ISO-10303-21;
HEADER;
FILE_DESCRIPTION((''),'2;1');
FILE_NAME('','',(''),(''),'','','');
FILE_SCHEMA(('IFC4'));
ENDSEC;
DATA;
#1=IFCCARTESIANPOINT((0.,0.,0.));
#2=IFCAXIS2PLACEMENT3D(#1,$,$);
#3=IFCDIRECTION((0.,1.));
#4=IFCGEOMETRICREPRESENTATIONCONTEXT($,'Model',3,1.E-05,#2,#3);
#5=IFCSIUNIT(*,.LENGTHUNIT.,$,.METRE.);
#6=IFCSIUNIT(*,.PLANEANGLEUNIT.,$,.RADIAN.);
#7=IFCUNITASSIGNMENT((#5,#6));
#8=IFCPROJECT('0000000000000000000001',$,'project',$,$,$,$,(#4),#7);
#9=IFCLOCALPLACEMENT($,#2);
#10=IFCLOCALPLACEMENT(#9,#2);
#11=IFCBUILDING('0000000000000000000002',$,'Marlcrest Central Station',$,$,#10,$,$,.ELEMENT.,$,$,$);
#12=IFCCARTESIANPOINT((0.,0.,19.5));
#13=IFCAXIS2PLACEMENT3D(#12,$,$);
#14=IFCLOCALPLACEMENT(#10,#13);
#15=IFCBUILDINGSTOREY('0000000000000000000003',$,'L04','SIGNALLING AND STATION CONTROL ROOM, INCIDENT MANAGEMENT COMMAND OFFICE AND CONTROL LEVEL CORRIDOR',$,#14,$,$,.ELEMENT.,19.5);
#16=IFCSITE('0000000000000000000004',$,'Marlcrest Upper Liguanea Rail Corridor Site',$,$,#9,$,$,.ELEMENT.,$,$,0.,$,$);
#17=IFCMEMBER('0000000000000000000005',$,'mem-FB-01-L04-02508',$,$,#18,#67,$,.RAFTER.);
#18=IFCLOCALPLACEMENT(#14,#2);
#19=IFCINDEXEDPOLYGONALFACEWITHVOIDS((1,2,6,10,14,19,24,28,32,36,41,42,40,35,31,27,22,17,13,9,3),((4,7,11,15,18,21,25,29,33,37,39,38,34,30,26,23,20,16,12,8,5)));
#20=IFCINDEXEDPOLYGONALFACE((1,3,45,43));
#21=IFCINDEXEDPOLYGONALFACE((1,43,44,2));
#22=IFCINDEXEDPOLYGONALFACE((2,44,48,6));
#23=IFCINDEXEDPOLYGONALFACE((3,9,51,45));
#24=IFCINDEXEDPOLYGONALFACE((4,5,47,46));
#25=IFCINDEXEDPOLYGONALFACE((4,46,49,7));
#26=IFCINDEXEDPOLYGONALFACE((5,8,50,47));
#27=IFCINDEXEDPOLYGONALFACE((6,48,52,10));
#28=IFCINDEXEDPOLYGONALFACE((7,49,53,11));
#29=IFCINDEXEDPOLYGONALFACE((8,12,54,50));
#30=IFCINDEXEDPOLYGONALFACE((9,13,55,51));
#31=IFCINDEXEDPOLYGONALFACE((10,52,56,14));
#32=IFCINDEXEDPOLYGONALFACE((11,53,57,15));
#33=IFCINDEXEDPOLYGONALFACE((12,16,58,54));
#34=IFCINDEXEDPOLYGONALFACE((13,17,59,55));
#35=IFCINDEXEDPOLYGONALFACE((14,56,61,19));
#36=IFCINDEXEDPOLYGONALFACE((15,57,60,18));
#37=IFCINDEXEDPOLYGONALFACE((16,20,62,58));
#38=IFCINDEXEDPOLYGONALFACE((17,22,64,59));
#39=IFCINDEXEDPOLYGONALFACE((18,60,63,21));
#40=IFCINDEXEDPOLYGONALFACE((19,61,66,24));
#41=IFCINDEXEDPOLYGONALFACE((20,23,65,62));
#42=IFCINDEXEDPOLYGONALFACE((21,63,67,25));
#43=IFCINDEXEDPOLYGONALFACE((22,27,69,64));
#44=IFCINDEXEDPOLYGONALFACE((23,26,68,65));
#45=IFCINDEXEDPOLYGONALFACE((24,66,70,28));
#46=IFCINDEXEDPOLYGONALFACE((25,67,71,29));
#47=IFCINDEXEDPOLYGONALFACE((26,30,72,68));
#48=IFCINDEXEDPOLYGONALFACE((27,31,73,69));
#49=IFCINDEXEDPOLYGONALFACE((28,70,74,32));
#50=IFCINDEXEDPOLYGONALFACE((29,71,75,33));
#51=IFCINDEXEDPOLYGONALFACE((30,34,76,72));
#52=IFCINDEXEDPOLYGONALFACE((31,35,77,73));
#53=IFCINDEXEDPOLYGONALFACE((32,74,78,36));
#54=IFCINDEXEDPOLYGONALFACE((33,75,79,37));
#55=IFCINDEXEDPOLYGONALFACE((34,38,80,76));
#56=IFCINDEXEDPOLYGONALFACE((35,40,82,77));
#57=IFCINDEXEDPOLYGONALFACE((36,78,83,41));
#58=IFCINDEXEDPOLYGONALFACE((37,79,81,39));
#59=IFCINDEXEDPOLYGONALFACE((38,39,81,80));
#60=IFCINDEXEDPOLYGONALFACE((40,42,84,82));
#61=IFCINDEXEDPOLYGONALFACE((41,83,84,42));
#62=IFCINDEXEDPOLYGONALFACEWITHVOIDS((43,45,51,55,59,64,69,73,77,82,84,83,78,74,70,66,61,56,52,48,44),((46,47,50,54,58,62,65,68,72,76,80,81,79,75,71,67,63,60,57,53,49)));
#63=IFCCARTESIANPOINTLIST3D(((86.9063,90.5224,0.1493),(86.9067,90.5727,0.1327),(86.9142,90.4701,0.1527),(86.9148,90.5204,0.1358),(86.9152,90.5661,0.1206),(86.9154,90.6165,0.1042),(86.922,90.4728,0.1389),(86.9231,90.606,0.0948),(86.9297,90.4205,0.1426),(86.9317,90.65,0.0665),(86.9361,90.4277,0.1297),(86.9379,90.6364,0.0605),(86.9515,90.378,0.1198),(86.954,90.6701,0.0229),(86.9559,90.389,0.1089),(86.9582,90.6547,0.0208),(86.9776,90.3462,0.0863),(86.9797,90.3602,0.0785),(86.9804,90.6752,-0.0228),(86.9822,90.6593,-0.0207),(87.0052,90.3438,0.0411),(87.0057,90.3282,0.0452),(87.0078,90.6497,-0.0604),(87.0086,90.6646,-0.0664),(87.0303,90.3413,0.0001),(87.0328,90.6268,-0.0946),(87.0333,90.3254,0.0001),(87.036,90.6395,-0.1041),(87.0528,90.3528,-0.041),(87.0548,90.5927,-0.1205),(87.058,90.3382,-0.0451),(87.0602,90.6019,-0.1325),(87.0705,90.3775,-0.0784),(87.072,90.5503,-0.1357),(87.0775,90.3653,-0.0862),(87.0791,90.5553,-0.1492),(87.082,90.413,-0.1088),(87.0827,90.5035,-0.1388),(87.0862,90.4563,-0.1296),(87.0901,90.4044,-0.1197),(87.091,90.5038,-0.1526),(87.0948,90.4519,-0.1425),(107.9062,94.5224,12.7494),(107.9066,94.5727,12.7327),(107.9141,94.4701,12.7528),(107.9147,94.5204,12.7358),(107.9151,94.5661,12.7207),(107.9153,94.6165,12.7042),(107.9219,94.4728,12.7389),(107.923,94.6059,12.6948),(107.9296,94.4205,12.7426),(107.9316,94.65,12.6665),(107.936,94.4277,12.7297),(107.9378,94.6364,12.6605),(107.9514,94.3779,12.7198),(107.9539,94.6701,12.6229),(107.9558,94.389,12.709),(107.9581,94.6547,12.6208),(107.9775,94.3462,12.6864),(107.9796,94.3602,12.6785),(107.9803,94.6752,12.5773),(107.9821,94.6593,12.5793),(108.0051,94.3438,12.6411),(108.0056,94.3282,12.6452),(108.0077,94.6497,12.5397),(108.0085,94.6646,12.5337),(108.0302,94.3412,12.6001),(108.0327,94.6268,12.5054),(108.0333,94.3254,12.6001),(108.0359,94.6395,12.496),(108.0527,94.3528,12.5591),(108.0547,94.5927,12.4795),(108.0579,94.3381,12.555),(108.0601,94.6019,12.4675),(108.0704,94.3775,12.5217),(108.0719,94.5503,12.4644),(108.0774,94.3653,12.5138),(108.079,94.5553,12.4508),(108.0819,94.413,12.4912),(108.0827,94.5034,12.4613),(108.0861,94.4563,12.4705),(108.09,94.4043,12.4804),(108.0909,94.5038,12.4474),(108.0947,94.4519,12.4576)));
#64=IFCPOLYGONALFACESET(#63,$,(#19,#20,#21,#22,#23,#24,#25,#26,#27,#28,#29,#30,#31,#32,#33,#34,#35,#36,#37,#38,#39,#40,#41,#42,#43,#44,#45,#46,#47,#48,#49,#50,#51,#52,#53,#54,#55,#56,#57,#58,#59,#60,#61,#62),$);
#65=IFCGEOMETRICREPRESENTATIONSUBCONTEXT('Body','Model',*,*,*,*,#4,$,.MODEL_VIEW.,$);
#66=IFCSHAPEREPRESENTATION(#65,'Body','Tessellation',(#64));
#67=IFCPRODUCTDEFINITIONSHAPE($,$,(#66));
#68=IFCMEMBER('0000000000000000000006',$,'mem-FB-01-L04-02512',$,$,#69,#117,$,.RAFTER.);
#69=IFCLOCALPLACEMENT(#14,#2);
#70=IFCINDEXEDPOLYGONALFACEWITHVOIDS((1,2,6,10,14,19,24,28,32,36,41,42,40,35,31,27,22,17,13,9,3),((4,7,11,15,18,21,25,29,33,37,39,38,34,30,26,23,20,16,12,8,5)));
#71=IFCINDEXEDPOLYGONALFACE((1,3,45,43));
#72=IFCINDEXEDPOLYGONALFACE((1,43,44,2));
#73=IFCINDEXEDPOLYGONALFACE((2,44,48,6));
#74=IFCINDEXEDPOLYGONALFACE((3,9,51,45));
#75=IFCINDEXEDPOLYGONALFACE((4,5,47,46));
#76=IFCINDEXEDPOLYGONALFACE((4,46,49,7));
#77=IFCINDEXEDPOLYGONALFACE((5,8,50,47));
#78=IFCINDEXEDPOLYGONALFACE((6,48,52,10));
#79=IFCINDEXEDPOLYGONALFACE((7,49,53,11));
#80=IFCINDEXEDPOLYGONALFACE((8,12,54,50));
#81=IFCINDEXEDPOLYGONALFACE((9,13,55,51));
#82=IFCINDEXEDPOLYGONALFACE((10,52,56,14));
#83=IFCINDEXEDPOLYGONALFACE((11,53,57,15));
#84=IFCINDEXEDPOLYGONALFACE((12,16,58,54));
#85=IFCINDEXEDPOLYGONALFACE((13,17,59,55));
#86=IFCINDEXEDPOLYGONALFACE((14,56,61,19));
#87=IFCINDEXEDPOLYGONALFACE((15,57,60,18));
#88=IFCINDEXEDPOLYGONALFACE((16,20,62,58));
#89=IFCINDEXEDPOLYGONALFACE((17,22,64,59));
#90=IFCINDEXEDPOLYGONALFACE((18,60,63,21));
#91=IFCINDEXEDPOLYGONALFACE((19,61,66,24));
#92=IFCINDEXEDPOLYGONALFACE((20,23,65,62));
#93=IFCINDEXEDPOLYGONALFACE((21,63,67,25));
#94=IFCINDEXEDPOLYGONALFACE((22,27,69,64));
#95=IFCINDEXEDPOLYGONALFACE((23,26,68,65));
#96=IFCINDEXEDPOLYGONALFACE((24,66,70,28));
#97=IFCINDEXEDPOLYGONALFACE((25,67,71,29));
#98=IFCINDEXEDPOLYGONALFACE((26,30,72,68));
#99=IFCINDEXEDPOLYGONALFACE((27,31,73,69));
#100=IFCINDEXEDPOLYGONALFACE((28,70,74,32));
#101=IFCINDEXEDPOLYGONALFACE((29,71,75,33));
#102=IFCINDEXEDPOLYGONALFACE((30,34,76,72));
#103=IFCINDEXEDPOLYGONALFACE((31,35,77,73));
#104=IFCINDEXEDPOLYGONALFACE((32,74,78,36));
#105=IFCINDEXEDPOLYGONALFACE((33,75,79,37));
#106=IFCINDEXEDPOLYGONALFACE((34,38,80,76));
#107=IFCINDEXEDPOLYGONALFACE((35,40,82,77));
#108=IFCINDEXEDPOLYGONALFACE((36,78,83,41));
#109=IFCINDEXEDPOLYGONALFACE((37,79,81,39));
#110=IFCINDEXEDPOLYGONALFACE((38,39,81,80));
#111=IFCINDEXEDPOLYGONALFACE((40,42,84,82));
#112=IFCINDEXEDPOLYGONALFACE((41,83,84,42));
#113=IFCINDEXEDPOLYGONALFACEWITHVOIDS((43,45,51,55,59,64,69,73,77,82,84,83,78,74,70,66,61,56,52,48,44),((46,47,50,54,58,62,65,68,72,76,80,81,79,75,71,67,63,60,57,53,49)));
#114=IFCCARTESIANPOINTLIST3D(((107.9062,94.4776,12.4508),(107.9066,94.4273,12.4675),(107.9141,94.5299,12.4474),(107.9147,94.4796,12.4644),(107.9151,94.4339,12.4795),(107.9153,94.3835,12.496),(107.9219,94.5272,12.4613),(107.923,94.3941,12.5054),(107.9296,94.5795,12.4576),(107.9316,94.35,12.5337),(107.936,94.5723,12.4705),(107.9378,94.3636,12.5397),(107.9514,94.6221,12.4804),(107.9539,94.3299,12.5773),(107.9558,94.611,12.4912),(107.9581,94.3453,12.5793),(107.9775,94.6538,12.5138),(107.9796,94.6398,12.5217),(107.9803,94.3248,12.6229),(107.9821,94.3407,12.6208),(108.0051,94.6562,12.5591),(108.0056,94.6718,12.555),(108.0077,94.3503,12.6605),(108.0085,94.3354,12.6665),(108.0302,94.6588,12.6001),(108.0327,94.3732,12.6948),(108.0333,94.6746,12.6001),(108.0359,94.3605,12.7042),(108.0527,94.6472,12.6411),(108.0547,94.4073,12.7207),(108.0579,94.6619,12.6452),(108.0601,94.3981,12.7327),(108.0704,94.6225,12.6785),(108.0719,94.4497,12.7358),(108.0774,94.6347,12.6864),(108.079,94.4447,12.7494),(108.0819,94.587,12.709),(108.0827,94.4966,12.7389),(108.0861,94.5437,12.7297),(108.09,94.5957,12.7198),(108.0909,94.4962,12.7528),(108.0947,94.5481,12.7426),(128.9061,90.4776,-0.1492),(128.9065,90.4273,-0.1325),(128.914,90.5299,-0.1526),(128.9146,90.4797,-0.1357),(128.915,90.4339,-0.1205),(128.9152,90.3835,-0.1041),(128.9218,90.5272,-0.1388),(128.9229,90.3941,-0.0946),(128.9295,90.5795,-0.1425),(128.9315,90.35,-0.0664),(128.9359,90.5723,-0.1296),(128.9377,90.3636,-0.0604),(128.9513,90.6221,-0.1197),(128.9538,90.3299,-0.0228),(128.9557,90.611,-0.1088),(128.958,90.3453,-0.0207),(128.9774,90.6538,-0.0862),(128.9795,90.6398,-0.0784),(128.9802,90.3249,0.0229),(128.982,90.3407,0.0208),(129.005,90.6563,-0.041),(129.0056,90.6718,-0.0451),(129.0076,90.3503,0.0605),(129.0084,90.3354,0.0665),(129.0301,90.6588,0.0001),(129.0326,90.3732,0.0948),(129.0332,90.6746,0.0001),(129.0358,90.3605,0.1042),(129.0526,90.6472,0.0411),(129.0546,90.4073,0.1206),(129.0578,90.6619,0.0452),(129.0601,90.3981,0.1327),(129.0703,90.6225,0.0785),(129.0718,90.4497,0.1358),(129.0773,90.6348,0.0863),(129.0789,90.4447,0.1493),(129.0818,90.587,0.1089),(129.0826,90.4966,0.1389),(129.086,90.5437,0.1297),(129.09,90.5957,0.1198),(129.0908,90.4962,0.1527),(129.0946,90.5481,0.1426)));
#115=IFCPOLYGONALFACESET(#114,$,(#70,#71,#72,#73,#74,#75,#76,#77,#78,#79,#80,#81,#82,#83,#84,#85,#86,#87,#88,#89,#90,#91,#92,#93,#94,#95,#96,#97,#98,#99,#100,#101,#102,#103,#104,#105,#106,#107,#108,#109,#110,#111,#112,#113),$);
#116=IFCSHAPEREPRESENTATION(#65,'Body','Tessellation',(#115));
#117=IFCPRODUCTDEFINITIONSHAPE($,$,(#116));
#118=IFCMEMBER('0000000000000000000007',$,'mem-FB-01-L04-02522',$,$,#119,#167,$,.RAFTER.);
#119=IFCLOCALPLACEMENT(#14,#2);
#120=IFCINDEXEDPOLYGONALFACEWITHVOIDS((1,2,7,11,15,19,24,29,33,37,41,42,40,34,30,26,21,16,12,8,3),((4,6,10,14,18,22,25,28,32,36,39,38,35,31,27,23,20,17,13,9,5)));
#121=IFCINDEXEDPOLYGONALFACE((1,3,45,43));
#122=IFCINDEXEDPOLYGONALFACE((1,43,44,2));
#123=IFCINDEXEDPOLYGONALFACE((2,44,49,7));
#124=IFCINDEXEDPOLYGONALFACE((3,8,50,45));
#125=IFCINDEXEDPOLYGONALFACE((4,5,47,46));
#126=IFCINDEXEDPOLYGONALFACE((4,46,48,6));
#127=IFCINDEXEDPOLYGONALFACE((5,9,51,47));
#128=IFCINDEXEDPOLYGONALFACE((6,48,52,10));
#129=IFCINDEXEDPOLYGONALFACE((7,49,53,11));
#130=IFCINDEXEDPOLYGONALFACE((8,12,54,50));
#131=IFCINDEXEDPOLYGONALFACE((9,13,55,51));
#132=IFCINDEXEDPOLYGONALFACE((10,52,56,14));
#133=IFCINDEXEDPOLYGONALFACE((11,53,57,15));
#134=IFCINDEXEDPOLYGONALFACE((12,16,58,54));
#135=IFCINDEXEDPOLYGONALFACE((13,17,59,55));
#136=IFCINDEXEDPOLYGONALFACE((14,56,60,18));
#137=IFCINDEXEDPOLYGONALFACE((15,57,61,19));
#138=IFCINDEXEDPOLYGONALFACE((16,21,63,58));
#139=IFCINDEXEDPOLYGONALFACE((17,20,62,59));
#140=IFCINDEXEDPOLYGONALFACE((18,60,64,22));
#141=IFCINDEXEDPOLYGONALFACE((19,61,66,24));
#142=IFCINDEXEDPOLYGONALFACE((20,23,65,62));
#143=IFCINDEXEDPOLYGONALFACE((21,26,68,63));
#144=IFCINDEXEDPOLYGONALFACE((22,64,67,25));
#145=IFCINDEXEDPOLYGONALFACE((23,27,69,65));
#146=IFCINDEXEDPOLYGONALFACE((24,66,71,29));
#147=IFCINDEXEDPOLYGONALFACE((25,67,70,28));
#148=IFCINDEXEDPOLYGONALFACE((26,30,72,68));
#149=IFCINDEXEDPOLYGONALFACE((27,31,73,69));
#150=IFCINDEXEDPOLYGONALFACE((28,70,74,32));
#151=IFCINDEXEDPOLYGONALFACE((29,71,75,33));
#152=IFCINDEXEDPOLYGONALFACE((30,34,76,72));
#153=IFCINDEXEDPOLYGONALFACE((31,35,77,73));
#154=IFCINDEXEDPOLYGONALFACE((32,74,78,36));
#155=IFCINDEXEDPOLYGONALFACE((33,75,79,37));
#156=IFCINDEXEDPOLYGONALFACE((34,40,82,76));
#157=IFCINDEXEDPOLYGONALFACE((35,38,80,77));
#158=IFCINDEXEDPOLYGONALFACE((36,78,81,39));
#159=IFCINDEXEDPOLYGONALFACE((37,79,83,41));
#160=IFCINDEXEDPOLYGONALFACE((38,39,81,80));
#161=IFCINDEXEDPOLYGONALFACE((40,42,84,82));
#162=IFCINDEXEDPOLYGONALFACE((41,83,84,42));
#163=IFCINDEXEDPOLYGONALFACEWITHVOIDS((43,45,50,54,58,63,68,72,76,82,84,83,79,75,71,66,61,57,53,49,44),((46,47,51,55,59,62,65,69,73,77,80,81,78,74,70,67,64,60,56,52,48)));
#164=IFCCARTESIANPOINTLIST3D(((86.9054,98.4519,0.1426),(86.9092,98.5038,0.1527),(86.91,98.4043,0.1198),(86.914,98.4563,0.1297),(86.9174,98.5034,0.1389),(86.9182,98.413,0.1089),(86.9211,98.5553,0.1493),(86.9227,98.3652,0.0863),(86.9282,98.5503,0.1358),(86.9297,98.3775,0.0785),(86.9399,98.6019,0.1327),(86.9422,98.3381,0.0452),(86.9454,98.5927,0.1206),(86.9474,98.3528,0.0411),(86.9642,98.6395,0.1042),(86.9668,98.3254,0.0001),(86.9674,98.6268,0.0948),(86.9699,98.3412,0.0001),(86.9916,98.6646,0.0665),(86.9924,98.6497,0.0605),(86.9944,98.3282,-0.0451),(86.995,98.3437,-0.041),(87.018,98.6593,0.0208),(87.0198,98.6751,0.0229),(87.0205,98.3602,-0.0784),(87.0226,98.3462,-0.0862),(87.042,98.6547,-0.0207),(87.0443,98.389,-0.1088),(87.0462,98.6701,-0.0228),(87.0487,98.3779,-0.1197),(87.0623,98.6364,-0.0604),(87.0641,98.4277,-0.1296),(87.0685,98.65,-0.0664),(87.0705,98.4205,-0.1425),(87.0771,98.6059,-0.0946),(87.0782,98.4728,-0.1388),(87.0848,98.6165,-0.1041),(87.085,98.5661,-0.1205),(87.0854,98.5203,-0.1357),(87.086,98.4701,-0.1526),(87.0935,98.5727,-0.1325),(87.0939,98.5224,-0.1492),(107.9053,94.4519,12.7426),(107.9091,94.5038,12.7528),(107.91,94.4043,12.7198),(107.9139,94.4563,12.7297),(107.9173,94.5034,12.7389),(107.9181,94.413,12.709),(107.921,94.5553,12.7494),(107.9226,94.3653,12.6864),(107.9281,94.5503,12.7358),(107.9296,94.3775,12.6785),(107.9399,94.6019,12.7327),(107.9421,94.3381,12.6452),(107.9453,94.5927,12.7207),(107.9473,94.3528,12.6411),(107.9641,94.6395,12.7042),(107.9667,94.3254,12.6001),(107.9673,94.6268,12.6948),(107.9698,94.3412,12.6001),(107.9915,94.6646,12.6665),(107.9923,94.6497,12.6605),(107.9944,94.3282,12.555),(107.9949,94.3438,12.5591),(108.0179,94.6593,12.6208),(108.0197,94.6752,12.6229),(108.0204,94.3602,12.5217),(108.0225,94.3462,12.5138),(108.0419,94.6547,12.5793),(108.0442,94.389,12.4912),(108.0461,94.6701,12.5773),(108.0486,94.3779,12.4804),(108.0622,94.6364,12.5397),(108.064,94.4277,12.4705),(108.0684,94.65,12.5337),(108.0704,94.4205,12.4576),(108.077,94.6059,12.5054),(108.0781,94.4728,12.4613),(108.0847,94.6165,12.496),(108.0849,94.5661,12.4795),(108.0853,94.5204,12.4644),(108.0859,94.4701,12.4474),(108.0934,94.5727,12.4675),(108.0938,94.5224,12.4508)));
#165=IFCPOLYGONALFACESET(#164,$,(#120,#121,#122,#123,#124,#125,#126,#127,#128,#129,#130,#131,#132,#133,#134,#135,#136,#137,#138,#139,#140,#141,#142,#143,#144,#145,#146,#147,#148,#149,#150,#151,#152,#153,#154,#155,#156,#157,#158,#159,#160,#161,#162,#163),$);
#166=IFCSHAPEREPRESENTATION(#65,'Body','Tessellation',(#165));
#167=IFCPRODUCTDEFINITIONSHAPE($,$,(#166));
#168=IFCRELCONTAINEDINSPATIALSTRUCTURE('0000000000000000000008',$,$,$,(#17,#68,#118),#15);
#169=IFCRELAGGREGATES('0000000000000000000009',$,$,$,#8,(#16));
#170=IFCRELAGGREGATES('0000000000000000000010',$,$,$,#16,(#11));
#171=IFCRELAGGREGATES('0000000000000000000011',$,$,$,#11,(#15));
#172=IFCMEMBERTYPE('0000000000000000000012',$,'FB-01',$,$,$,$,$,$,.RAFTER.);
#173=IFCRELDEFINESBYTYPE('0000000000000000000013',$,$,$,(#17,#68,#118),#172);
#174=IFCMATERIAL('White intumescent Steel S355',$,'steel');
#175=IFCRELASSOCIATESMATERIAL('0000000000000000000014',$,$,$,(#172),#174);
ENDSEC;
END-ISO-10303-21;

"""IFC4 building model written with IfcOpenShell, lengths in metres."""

from ifc_helpers import new_model, si_unit, direction, frame, origin, origin_2d, place, context, subcontext, project, spatial, hollow_circle, extrude, material, material_profile, profile_set, type_object, element, save


model = new_model("IFC4")

# Units and contexts
model_context = context("Model", 3, precision=1e-05, world=origin(), true_north=direction((0.0, 1.0)))
body_context = subcontext(model_context, "Body", "Model", "MODEL_VIEW")
ifc_project = project(units=[si_unit("LENGTHUNIT", "METRE"), si_unit("PLANEANGLEUNIT", "RADIAN")], contexts=[model_context])

# Site, building, storey
site_placement = place(None, origin())
site = spatial("IfcSite", under=ifc_project, at=site_placement, Name="Marlcrest Upper Liguanea Rail Corridor Site", CompositionType="ELEMENT", RefElevation=0.0)
building_placement = place(site_placement, origin())
building = spatial("IfcBuilding", under=site, at=building_placement, Name="Marlcrest Central Station", CompositionType="ELEMENT")
storey_placement = place(building_placement, frame((0.0, 0.0, 19.5)))
storey = spatial("IfcBuildingStorey", under=building, at=storey_placement, Name="L04", Description="SIGNALLING AND STATION CONTROL ROOM, INCIDENT MANAGEMENT COMMAND OFFICE AND CONTROL LEVEL CORRIDOR", CompositionType="ELEMENT", Elevation=19.5)

# Members
ifc_material_1 = material(Name="White intumescent Steel S355", Category="steel")
ifc_material_profile_1 = material_profile(ifc_material_1, hollow_circle(Radius=0.1777, WallThickness=0.0161, at=origin_2d()), Name="CHS 355.6x16")
ifc_profile_set_1 = profile_set([ifc_material_profile_1], Name="White intumescent Steel S355")
member_type_1 = type_object("IfcMemberType", Name="FB-01", PredefinedType="RAFTER", material=ifc_profile_set_1)
for number, where, z_axis, x_axis, name in (
    (1, (108.0, 94.5, 12.6001), (-0.846277, -0.161196, -0.50777), (0.187112, -0.982339, 0.0), "mem-FB-01-L04-02508"),
    (2, (108.0, 94.5, 12.6001), (0.846277, -0.161196, -0.50777), (0.187112, 0.982339, 0.0), "mem-FB-01-L04-02512"),
    (3, (108.0, 94.5, 12.6001), (-0.846277, 0.161196, -0.50777), (-0.187112, -0.982339, 0.0), "mem-FB-01-L04-02522"),
):
    element("IfcMember", number, at=place(storey_placement, frame(where, z_axis=z_axis, x_axis=x_axis)), inside=storey, type_object=member_type_1, Name=name, PredefinedType="RAFTER", context=body_context, shape_type="SweptSolid", body=[
        extrude(hollow_circle(Radius=0.1777, WallThickness=0.0161, at=origin_2d()), origin(), (0.0, 0.0, 1.0), 24.8145),
    ])

save(model, "model.ifc")
